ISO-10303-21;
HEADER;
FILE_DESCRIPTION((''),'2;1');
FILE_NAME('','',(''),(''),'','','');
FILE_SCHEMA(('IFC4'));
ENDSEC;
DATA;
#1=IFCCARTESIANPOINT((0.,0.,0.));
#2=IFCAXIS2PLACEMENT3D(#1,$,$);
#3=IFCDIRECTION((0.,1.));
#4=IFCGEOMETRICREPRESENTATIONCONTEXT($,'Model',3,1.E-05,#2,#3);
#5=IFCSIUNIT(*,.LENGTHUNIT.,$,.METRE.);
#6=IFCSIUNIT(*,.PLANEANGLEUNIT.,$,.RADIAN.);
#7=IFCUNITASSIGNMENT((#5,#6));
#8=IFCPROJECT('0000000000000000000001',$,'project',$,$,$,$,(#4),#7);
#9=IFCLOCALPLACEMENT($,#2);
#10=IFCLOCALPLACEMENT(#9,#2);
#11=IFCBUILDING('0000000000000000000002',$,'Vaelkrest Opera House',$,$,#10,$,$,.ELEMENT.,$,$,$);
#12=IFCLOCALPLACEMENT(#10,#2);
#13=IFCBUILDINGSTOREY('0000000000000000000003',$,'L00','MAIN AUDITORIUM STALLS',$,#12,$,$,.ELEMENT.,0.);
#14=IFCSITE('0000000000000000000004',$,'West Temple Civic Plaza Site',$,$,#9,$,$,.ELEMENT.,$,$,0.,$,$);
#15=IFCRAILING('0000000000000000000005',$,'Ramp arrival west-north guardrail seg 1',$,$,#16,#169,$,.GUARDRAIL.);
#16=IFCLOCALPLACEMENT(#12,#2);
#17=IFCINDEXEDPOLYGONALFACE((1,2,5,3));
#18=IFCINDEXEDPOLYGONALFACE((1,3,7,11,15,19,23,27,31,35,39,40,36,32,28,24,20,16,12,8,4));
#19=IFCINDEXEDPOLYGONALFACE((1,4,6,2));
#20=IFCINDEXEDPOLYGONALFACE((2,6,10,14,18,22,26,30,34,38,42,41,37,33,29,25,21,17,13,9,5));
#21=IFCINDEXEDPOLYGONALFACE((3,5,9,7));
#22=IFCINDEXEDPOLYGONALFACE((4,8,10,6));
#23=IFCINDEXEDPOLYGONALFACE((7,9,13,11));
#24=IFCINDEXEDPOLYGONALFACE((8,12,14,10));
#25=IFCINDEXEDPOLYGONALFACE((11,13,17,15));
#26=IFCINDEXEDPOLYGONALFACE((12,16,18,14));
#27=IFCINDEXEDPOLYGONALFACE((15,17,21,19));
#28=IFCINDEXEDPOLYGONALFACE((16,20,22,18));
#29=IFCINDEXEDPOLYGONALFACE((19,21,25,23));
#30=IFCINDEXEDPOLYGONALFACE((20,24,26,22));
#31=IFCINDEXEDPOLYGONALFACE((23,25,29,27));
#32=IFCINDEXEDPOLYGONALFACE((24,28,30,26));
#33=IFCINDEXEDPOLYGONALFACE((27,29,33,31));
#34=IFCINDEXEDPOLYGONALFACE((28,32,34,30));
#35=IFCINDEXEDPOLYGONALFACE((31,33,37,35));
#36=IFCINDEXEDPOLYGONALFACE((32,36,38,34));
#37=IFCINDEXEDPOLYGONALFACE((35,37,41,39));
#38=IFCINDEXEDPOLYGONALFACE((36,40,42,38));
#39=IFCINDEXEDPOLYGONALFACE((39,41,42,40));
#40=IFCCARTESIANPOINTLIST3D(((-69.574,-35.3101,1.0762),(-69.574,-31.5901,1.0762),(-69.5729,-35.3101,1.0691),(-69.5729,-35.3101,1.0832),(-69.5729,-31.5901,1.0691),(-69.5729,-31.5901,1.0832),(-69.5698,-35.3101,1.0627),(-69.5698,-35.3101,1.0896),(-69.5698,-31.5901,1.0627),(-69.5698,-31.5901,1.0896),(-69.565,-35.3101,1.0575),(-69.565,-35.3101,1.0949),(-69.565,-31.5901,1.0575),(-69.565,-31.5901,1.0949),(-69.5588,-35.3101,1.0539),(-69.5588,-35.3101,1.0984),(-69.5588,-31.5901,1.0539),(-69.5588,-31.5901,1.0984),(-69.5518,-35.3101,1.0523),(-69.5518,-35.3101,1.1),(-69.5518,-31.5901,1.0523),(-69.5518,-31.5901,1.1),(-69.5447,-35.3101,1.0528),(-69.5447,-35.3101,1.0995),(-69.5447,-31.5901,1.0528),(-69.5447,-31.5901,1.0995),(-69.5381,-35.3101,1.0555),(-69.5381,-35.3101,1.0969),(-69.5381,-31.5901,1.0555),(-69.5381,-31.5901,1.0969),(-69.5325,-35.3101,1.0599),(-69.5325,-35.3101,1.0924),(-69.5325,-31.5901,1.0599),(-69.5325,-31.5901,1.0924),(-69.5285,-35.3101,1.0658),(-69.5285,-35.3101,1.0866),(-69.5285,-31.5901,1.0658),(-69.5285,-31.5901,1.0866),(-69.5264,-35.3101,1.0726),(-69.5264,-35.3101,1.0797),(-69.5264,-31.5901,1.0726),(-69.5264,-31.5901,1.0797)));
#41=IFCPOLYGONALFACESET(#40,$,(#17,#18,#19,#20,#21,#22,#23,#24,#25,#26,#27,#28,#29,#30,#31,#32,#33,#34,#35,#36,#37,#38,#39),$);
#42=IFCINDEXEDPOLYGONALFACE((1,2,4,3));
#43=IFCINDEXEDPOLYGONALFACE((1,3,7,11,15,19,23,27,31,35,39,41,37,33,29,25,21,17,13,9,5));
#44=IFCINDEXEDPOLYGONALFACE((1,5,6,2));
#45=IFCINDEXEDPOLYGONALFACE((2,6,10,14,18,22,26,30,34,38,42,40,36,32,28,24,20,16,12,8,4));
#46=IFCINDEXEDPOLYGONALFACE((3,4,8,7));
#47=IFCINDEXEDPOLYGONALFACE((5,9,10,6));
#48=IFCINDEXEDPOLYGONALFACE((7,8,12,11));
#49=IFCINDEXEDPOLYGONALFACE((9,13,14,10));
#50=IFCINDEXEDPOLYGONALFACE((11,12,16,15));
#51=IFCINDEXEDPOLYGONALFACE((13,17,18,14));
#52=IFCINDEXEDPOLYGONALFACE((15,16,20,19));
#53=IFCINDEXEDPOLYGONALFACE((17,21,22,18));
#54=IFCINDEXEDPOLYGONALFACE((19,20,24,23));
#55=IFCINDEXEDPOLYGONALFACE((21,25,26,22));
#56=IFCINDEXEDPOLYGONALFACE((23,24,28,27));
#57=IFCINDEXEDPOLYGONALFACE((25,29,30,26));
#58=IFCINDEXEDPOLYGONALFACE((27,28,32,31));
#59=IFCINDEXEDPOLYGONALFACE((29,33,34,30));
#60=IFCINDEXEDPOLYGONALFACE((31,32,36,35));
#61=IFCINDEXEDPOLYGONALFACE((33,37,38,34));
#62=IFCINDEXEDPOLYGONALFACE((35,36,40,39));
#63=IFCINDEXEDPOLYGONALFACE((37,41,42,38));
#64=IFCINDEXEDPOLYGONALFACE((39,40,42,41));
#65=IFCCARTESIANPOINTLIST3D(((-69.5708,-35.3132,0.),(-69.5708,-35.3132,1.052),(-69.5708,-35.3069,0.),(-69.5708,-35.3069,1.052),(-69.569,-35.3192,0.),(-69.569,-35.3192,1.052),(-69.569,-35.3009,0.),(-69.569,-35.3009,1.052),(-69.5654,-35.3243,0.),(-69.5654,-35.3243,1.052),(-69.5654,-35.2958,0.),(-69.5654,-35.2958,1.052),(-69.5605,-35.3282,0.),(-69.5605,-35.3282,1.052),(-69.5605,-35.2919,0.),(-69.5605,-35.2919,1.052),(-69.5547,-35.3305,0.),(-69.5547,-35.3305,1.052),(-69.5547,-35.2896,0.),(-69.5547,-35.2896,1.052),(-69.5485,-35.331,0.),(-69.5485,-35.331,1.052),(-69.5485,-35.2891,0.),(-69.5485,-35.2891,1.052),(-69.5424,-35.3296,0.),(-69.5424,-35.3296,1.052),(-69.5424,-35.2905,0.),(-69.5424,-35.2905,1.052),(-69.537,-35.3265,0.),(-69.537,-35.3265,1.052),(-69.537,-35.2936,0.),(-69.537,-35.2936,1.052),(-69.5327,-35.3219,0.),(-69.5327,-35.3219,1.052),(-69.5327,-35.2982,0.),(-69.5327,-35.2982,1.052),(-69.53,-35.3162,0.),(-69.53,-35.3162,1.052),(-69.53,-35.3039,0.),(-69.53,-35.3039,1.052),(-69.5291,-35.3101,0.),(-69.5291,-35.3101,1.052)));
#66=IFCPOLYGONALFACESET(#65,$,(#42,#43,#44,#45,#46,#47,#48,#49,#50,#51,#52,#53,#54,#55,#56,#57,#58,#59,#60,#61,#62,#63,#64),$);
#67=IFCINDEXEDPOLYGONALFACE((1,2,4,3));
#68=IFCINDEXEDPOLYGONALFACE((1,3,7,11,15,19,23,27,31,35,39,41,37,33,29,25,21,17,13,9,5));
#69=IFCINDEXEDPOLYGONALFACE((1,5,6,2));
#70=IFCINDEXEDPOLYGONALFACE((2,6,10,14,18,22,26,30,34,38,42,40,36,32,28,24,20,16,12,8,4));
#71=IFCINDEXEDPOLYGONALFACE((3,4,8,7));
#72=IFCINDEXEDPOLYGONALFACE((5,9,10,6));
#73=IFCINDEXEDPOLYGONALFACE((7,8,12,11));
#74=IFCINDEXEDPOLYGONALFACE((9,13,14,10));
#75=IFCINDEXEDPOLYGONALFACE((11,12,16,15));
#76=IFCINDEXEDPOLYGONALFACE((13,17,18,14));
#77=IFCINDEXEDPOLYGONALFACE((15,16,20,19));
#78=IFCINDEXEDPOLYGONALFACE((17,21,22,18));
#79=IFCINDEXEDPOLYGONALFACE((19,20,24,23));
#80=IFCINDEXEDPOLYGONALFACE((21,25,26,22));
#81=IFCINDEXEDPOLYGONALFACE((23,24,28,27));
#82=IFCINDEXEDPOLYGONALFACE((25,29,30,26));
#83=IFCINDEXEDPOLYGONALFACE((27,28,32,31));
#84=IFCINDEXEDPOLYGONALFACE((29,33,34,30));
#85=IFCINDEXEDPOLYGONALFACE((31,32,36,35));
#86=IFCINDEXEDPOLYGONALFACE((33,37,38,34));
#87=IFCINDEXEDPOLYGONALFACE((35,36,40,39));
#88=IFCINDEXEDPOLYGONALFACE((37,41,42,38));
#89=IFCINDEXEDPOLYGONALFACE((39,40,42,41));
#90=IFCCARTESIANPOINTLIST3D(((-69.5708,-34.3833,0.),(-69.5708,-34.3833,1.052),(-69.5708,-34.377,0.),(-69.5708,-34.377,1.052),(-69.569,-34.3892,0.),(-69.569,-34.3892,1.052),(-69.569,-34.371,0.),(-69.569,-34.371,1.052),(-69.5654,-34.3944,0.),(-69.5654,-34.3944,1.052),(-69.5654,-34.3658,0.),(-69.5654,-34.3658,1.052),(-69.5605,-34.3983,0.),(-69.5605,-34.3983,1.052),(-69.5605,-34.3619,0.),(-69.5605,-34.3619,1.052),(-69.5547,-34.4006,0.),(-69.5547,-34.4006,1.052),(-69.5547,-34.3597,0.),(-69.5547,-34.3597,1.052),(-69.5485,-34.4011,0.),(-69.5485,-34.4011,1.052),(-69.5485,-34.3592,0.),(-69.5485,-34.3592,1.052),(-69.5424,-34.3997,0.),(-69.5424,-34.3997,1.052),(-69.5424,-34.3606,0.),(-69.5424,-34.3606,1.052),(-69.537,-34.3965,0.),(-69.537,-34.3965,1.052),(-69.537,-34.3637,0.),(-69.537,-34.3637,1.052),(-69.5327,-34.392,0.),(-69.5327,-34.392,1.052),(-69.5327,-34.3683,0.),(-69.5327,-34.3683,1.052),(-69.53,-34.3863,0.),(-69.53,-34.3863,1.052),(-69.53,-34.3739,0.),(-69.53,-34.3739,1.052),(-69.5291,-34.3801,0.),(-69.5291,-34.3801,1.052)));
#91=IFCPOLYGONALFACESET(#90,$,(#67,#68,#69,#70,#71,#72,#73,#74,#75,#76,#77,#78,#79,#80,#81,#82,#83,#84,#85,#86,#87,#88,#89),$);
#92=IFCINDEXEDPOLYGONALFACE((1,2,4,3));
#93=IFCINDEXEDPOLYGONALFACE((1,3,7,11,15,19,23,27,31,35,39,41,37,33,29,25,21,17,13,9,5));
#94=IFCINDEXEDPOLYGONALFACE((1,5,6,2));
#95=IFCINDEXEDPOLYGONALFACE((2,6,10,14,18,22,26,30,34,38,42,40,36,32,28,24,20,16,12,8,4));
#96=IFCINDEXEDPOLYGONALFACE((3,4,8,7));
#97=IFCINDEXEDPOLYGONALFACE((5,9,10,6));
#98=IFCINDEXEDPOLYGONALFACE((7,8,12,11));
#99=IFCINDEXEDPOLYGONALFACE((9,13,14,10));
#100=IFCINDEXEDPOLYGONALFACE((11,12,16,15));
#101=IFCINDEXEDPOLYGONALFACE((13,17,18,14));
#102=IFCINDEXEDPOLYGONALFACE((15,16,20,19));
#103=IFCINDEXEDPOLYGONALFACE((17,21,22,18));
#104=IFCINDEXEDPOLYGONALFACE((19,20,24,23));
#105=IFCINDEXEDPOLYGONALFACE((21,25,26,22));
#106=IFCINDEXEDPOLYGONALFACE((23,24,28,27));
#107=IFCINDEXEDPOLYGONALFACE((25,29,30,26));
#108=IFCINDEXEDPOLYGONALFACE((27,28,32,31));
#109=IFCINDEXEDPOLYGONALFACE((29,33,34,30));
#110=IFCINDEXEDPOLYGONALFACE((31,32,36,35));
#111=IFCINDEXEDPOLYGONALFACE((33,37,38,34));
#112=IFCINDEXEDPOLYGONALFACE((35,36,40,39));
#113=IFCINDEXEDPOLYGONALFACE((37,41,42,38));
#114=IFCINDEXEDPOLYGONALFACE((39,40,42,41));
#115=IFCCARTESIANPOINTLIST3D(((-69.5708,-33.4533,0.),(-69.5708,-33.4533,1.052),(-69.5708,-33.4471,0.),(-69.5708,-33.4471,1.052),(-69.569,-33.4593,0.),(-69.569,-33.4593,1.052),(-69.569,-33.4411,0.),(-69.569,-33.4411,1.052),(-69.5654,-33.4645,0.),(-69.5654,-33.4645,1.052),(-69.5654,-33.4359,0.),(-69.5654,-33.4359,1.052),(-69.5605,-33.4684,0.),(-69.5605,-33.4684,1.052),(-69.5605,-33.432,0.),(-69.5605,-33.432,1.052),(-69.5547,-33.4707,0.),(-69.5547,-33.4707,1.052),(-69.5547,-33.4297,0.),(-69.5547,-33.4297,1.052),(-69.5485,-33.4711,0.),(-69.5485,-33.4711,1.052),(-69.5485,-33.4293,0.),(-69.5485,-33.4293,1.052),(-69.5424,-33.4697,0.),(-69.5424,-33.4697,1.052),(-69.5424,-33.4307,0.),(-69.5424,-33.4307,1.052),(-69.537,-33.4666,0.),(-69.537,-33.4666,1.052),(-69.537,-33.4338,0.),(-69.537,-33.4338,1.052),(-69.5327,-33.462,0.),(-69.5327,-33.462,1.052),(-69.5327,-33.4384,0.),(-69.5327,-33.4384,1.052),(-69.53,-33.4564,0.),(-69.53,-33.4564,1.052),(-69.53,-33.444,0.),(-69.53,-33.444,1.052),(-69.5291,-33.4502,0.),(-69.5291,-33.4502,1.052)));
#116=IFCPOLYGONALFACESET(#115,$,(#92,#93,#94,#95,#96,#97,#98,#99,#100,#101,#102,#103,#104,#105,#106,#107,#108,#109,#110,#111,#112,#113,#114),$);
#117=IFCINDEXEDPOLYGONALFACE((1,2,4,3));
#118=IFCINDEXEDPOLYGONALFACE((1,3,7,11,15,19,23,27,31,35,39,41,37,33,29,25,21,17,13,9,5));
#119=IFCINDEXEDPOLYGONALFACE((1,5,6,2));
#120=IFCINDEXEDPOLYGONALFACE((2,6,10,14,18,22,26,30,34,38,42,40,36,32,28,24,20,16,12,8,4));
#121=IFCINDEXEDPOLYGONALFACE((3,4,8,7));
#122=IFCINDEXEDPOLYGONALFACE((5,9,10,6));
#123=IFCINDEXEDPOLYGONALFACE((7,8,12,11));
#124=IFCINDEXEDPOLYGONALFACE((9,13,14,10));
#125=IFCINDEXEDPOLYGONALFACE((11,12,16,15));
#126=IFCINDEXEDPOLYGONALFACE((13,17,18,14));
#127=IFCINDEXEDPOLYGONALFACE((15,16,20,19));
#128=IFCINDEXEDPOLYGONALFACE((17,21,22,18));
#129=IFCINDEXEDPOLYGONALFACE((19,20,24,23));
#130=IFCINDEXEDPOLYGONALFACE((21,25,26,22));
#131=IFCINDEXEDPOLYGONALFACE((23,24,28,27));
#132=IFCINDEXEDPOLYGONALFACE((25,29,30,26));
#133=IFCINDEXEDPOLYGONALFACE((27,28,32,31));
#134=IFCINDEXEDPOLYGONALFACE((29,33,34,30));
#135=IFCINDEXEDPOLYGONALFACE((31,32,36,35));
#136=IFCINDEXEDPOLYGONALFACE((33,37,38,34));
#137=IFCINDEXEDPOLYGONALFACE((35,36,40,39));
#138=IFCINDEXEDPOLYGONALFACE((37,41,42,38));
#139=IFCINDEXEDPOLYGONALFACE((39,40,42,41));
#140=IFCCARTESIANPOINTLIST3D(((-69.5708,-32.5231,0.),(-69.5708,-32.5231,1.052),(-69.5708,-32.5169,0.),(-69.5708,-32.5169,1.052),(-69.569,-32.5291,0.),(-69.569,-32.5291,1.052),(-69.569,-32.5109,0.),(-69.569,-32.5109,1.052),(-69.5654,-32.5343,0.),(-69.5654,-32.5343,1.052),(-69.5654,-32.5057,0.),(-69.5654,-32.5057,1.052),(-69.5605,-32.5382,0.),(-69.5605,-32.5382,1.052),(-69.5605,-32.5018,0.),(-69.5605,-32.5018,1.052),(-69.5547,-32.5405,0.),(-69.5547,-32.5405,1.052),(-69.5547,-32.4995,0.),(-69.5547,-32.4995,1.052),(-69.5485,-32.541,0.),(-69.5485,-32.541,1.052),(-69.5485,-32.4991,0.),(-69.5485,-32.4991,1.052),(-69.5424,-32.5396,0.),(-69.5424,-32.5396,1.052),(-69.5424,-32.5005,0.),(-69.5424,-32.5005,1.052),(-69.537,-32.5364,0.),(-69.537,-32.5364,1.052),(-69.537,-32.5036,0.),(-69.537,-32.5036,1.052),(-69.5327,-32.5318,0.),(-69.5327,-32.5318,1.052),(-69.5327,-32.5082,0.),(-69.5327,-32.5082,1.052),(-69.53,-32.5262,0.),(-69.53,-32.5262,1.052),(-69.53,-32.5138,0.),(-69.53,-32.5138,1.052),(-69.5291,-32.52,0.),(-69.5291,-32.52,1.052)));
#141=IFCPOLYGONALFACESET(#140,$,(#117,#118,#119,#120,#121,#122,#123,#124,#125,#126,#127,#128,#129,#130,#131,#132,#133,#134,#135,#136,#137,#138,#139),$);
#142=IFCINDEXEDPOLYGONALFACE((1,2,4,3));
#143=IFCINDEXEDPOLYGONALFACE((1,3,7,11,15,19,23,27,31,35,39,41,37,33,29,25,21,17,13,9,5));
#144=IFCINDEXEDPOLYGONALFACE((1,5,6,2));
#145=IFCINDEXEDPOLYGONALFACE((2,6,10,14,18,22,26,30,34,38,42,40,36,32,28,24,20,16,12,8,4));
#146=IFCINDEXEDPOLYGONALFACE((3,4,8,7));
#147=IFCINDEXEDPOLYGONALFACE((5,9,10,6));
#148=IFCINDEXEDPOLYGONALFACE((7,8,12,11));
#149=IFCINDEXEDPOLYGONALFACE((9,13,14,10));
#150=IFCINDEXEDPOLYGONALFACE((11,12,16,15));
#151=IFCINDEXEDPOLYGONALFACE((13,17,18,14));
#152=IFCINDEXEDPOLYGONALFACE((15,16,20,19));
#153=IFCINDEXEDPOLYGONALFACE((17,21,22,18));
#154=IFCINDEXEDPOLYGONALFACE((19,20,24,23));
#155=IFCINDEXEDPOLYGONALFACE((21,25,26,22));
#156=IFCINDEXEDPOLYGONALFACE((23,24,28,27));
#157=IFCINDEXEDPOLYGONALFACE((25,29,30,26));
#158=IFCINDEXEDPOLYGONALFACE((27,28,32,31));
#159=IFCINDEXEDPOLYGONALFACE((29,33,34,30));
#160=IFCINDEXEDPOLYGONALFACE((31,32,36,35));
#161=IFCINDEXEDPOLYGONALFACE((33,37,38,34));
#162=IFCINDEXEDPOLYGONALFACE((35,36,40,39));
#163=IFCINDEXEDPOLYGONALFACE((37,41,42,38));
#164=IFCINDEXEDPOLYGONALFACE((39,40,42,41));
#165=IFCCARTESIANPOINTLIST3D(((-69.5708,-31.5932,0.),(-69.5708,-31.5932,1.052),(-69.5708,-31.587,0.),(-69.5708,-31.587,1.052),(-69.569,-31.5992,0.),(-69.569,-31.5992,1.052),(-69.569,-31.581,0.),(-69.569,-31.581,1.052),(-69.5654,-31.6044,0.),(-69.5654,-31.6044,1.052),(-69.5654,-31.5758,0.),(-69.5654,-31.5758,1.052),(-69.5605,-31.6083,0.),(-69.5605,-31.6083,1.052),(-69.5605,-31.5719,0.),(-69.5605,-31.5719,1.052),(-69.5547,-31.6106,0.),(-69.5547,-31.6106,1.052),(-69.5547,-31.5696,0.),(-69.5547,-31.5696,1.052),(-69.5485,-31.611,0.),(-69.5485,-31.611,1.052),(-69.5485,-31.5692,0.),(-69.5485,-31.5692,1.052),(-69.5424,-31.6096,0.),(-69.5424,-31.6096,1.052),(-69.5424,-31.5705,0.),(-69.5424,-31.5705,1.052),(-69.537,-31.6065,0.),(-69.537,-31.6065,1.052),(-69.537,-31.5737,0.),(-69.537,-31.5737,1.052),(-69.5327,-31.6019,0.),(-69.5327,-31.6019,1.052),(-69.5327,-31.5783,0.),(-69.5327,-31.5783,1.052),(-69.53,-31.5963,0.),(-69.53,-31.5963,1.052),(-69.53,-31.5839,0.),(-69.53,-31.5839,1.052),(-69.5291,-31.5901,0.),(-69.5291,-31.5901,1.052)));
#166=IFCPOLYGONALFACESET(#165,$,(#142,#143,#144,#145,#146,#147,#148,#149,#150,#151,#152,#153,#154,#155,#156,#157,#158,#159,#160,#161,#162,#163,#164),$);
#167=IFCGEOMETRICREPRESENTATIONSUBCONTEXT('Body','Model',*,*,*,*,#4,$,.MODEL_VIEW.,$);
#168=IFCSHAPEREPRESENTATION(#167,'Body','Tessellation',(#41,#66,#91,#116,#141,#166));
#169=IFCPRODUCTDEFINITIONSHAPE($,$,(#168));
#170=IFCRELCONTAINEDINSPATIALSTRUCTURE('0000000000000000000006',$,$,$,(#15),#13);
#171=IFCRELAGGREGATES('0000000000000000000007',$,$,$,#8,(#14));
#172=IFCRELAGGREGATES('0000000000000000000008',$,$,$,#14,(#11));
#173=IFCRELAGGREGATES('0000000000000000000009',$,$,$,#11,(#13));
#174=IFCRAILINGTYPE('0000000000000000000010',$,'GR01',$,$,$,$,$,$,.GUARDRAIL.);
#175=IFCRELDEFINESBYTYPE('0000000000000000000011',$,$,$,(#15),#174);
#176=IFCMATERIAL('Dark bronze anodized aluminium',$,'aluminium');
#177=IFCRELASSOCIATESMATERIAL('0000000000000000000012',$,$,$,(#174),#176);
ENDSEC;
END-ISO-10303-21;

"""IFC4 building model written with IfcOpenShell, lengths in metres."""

from ifc_helpers import new_model, si_unit, direction, frame, origin, origin_2d, place, context, subcontext, project, spatial, circle, extrude, material, type_object, element, save


model = new_model("IFC4")

# Units and contexts
model_context = context("Model", 3, precision=1e-05, world=origin(), true_north=direction((0.0, 1.0)))
body_context = subcontext(model_context, "Body", "Model", "MODEL_VIEW")
ifc_project = project(units=[si_unit("LENGTHUNIT", "METRE"), si_unit("PLANEANGLEUNIT", "RADIAN")], contexts=[model_context])

# Site, building, storey
site_placement = place(None, origin())
site = spatial("IfcSite", under=ifc_project, at=site_placement, Name="West Temple Civic Plaza Site", CompositionType="ELEMENT", RefElevation=0.0)
building_placement = place(site_placement, origin())
building = spatial("IfcBuilding", under=site, at=building_placement, Name="Vaelkrest Opera House", CompositionType="ELEMENT")
storey_placement = place(building_placement, origin())
storey = spatial("IfcBuildingStorey", under=building, at=storey_placement, Name="L00", Description="MAIN AUDITORIUM STALLS", CompositionType="ELEMENT", Elevation=0.0)

# Shared definitions
ifc_material_1 = material(Name="Dark bronze anodized aluminium", Category="aluminium")

# Railing
railing_type = type_object("IfcRailingType", Name="GR01", PredefinedType="GUARDRAIL", material=ifc_material_1)
railing_1_placement = place(storey_placement, frame((-69.55, -35.3101, 0.0)))
element("IfcRailing", 1, at=railing_1_placement, inside=storey, type_object=railing_type, Name="Ramp arrival west-north guardrail seg 1", PredefinedType="GUARDRAIL", context=body_context, shape_type="SweptSolid", body=[
    extrude(circle(Radius=0.0239, at=origin_2d()), frame((0.0, 0.0, 1.0762), z_axis=(0.0, 1.0, 0.0), x_axis=(-1.0, 0.0, 0.0)), (0.0, 0.0, 1.0), 3.72),
    extrude(circle(Radius=0.021, at=origin_2d()), origin(), (0.0, 0.0, 1.0), 1.052),
    extrude(circle(Radius=0.021, at=origin_2d()), frame((0.0, 0.9299, 0.0)), (0.0, 0.0, 1.0), 1.052),
    extrude(circle(Radius=0.021, at=origin_2d()), frame((0.0, 1.8599, 0.0)), (0.0, 0.0, 1.0), 1.052),
    extrude(circle(Radius=0.021, at=origin_2d()), frame((0.0, 2.79, 0.0)), (0.0, 0.0, 1.0), 1.052),
    extrude(circle(Radius=0.021, at=origin_2d()), frame((0.0, 3.72, 0.0)), (0.0, 0.0, 1.0), 1.052),
])

save(model, "model.ifc")
